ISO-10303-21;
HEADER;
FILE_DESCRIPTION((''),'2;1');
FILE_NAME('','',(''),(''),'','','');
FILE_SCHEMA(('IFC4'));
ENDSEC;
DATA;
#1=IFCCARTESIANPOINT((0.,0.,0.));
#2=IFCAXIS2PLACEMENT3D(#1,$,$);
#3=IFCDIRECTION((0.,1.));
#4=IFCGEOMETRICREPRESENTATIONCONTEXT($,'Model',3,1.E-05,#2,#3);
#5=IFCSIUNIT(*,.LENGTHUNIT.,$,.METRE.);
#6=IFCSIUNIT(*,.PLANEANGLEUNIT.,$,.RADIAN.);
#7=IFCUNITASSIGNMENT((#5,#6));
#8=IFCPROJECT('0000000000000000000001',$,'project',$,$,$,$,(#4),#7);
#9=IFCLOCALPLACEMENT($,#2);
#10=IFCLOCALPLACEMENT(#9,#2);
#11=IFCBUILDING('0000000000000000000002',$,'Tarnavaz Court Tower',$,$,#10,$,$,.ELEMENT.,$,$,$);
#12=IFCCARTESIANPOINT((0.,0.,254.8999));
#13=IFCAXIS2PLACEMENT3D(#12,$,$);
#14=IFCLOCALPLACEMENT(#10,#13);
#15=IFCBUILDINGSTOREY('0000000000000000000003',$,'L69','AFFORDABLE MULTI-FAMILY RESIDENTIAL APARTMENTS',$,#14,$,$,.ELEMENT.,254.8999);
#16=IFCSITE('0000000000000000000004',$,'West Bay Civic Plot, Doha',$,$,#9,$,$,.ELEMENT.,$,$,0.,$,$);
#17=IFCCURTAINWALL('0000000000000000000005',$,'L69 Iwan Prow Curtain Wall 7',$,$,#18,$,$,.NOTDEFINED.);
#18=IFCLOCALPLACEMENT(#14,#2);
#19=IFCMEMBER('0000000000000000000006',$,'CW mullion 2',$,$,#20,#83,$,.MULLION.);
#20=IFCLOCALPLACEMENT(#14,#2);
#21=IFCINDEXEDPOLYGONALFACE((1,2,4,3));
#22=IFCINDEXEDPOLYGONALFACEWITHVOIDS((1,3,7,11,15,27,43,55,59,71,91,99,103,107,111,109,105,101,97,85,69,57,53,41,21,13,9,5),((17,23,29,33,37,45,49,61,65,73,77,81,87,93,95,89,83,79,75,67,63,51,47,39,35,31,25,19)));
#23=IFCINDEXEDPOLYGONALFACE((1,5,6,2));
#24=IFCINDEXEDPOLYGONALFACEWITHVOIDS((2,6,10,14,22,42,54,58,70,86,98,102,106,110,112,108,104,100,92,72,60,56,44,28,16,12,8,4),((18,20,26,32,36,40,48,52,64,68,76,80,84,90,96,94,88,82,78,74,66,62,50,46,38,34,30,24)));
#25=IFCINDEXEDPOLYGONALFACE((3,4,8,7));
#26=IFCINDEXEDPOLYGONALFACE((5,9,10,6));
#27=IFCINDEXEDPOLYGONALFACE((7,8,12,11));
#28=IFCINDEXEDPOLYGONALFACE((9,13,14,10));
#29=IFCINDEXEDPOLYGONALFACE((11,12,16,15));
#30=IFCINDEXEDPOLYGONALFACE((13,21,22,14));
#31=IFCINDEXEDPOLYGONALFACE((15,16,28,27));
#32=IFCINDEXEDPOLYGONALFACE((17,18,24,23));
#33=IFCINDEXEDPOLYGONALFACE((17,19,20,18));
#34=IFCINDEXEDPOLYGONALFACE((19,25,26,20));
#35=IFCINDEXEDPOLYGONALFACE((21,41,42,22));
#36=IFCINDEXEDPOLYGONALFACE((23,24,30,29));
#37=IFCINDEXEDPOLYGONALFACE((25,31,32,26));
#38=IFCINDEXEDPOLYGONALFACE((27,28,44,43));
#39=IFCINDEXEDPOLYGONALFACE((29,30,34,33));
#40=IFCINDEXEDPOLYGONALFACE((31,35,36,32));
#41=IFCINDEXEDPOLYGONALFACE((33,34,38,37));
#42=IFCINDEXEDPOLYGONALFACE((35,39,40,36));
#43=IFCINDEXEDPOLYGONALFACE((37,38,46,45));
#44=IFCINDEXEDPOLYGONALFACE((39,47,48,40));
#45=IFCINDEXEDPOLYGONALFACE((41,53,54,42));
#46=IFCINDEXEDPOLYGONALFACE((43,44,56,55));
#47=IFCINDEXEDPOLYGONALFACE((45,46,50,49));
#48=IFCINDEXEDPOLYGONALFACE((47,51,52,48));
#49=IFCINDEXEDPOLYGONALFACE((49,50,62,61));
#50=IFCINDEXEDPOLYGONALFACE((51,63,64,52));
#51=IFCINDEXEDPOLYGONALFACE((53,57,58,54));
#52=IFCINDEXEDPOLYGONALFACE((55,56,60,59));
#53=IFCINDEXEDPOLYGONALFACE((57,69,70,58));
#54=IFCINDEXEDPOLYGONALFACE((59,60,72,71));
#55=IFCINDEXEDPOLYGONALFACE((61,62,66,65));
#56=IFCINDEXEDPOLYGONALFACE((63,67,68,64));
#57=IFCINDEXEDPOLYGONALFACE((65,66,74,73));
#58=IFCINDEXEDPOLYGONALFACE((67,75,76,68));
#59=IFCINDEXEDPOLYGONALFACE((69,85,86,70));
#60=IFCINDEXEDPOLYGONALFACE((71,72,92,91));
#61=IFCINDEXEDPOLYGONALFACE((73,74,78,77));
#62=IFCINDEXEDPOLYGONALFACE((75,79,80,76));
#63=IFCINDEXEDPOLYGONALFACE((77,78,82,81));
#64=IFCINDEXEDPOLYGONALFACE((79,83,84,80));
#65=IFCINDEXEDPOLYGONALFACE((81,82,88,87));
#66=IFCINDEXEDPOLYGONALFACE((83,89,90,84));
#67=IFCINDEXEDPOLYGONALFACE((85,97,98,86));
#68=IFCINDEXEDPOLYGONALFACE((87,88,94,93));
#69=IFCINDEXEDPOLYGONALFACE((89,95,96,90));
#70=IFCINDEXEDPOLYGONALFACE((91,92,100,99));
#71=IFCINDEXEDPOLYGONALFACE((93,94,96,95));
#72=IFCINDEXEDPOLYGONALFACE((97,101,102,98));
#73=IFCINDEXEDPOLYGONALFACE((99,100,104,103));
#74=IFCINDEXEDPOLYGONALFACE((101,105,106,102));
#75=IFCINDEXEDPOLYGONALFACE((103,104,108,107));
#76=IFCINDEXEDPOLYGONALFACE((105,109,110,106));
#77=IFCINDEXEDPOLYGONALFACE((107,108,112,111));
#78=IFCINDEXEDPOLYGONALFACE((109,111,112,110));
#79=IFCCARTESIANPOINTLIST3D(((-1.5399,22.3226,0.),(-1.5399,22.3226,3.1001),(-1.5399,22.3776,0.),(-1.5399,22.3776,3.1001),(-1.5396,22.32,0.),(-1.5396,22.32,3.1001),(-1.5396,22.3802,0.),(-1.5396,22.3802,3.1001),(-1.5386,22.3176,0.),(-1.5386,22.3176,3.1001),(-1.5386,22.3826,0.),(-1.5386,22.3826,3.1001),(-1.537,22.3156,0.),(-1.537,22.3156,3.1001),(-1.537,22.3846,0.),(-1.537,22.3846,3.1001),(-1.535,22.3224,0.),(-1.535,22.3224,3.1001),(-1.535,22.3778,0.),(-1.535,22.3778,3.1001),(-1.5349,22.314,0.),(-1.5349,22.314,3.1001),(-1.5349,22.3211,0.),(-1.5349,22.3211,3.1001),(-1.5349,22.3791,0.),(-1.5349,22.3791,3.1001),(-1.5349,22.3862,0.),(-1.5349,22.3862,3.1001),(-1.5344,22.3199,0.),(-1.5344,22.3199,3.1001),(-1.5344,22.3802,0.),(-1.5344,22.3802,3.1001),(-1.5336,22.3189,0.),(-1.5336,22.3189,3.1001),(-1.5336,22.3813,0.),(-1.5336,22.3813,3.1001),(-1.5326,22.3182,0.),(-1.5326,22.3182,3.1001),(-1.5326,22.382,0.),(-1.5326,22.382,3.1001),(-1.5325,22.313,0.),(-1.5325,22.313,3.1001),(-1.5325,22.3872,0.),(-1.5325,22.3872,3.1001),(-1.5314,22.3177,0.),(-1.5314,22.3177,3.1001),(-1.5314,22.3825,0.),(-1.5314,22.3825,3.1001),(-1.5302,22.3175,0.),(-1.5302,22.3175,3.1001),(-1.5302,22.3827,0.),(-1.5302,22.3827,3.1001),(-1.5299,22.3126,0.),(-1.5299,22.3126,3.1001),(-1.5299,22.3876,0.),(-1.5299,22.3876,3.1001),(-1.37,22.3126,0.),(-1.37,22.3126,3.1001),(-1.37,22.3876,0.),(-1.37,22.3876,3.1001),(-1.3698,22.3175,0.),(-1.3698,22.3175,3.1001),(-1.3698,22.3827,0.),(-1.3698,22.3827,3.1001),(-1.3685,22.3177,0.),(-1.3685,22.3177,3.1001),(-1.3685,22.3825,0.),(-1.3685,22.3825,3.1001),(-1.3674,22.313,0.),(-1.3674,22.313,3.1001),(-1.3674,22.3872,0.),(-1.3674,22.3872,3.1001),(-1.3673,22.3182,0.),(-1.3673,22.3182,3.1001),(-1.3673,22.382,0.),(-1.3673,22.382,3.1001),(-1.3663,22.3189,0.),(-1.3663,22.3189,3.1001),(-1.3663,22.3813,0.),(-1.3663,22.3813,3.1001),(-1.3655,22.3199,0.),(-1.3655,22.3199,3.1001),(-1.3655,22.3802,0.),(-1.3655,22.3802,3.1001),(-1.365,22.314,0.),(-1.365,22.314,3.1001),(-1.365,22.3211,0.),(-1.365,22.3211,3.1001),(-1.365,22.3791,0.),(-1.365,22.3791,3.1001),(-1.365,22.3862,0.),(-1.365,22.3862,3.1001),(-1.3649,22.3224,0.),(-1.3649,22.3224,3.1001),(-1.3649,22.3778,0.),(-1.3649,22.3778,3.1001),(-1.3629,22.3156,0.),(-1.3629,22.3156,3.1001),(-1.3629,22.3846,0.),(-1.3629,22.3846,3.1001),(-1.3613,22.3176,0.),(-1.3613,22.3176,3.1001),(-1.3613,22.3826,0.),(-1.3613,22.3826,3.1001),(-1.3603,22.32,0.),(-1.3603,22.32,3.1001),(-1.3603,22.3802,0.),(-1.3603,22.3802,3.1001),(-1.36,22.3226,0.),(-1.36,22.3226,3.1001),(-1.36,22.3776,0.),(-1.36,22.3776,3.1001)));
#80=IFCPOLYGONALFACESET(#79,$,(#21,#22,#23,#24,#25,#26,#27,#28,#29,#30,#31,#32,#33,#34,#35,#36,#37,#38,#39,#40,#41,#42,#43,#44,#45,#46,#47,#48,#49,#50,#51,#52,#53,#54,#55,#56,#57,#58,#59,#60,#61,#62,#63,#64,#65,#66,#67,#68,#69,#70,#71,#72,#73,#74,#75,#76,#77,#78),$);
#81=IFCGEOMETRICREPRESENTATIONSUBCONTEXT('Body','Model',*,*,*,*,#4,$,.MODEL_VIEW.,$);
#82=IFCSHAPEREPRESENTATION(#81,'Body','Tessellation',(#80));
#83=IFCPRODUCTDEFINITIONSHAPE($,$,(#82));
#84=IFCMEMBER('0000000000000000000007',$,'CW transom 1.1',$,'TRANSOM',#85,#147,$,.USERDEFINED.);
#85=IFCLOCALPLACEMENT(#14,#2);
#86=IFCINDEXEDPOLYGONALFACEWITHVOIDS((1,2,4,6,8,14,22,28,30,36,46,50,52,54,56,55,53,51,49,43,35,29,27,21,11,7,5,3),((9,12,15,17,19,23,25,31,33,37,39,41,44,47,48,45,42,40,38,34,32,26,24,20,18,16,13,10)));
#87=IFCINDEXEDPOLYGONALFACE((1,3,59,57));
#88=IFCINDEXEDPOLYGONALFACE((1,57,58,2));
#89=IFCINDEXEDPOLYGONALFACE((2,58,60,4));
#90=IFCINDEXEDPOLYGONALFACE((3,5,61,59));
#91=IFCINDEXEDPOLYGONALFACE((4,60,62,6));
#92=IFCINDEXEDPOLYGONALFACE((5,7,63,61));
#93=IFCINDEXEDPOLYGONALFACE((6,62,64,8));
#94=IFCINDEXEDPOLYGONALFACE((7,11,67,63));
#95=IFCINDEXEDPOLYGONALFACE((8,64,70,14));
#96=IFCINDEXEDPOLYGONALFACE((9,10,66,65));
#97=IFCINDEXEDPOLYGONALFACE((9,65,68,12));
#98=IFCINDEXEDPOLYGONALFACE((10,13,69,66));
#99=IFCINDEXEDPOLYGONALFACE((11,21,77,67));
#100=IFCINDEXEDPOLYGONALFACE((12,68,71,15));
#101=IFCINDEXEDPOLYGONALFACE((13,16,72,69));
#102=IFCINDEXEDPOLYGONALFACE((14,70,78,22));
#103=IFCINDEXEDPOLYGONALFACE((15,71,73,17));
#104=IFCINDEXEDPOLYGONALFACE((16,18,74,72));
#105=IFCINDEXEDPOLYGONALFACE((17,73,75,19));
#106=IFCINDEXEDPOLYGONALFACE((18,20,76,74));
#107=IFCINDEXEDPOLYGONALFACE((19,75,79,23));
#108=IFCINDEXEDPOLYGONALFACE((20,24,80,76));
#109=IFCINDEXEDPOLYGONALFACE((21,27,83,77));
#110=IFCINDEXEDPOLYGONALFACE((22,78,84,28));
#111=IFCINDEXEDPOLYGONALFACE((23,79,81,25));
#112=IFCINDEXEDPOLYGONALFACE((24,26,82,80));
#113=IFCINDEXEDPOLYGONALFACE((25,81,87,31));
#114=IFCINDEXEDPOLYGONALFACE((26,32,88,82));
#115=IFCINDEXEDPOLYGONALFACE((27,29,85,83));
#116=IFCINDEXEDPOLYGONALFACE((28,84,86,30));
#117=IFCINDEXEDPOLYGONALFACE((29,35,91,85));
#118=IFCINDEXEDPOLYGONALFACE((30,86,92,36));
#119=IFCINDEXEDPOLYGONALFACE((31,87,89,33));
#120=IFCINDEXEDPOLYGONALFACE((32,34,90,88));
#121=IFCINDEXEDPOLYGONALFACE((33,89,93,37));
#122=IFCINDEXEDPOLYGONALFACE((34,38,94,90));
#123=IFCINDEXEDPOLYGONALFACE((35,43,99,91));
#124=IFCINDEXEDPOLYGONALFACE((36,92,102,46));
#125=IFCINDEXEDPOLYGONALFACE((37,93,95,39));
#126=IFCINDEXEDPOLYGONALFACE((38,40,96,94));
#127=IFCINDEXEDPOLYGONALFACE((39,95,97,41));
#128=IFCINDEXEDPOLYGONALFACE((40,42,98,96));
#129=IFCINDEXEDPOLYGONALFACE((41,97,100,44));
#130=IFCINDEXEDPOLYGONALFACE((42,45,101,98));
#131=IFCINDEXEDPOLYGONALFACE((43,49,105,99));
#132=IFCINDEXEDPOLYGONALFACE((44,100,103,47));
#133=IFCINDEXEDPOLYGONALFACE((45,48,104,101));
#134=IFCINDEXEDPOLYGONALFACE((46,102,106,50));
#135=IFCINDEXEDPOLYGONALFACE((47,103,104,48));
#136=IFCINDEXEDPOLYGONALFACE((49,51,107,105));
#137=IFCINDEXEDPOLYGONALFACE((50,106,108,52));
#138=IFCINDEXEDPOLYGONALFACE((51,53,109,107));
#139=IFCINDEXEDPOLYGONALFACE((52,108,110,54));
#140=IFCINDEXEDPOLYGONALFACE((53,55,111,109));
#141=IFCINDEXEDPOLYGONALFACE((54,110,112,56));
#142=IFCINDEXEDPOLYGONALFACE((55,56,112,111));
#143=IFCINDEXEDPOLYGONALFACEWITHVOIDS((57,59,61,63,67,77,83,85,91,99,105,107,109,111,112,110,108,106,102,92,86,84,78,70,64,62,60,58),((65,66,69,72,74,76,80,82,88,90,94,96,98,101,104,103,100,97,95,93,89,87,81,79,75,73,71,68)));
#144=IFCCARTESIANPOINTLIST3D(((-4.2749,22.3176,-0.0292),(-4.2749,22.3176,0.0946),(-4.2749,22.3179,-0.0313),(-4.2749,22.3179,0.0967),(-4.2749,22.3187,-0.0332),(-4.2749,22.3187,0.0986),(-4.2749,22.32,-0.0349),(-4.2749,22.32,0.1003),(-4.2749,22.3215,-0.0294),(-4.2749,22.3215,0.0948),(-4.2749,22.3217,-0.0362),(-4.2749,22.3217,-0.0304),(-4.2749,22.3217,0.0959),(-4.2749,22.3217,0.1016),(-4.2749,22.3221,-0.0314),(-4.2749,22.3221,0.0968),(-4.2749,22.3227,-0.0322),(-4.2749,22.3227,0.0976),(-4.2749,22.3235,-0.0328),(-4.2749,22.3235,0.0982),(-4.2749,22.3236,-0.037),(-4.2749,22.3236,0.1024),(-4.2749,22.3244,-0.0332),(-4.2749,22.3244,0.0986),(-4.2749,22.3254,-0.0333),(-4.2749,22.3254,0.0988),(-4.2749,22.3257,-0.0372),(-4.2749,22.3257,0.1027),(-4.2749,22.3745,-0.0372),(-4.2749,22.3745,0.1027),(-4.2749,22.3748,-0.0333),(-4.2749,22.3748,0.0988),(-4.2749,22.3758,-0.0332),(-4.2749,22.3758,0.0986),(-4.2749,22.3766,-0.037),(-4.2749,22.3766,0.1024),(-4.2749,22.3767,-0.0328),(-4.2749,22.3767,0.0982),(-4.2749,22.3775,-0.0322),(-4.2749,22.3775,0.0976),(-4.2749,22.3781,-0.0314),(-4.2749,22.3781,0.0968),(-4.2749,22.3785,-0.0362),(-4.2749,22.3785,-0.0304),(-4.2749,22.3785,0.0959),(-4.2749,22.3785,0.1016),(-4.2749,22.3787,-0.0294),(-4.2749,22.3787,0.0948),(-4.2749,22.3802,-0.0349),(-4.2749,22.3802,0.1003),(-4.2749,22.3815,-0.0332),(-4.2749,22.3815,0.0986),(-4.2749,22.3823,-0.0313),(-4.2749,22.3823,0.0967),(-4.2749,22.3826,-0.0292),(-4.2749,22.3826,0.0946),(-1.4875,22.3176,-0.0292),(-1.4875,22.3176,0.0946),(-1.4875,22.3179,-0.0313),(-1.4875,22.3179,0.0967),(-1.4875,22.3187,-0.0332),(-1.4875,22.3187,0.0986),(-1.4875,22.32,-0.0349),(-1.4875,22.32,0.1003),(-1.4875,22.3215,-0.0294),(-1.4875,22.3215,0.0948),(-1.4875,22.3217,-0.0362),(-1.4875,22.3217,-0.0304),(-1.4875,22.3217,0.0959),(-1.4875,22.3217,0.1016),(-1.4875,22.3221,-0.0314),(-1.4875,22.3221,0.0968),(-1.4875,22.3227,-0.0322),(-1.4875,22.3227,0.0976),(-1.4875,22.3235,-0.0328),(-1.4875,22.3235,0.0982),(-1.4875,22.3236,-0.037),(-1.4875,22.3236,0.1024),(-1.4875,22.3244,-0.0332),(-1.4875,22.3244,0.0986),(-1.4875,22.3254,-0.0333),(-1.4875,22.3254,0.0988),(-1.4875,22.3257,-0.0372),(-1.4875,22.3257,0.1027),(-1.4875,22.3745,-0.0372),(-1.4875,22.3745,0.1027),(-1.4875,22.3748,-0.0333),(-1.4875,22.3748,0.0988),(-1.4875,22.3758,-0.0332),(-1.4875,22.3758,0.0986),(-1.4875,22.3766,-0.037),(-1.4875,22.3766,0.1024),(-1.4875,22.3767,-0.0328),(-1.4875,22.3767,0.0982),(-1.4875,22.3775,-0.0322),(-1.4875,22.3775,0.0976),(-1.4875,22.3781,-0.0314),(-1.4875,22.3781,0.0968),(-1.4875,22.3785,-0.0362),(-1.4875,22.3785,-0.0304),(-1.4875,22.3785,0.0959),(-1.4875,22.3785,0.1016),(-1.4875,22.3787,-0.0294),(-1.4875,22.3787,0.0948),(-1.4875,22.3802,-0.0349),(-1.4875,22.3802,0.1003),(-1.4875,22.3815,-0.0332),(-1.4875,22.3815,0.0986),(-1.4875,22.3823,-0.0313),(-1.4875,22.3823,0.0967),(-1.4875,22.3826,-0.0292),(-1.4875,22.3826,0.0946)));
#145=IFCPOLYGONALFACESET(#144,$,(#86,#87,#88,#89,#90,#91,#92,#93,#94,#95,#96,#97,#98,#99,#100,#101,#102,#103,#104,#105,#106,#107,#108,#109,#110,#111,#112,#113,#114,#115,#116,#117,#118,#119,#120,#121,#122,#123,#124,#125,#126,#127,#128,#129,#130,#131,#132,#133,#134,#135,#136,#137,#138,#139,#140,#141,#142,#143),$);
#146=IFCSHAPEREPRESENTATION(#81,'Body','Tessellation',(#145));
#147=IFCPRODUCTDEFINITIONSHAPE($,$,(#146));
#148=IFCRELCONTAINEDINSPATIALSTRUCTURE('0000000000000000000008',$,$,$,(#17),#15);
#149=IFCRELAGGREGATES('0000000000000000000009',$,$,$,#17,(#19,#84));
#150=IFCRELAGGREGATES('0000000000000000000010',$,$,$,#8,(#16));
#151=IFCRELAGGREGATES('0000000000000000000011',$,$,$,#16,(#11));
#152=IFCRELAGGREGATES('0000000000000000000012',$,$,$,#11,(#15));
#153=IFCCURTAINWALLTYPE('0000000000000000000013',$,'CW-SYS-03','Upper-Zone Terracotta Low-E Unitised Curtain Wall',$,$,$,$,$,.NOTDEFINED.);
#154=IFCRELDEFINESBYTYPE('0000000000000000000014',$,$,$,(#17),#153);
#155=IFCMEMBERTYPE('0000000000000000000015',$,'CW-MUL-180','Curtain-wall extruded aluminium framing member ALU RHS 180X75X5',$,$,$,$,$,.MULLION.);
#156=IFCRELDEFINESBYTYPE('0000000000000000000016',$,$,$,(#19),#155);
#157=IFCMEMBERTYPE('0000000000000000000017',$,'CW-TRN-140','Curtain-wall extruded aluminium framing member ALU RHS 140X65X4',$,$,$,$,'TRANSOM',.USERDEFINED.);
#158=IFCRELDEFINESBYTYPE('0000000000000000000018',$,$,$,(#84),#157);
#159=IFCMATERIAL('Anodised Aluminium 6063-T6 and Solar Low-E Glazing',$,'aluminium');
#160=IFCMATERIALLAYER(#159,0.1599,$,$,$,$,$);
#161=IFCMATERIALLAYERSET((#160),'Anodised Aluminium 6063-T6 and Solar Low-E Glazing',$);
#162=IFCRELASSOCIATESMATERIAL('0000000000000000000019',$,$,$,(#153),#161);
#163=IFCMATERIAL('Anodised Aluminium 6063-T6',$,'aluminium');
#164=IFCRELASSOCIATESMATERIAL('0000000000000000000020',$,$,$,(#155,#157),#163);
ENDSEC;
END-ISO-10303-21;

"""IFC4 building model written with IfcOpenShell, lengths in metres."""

from ifc_helpers import new_model, si_unit, direction, frame, origin, origin_2d, place, context, subcontext, project, spatial, hollow_rectangle, extrude, material, layer, layer_set, material_profile, profile_set, type_object, element, aggregate, save


model = new_model("IFC4")

# Units and contexts
model_context = context("Model", 3, precision=1e-05, world=origin(), true_north=direction((0.0, 1.0)))
body_context = subcontext(model_context, "Body", "Model", "MODEL_VIEW")
ifc_project = project(units=[si_unit("LENGTHUNIT", "METRE"), si_unit("PLANEANGLEUNIT", "RADIAN")], contexts=[model_context])

# Site, building, storey
site_placement = place(None, origin())
site = spatial("IfcSite", under=ifc_project, at=site_placement, Name="West Bay Civic Plot, Doha", CompositionType="ELEMENT", RefElevation=0.0)
building_placement = place(site_placement, origin())
building = spatial("IfcBuilding", under=site, at=building_placement, Name="Tarnavaz Court Tower", CompositionType="ELEMENT")
storey_placement = place(building_placement, frame((0.0, 0.0, 254.8999)))
storey = spatial("IfcBuildingStorey", under=building, at=storey_placement, Name="L69", Description="AFFORDABLE MULTI-FAMILY RESIDENTIAL APARTMENTS", CompositionType="ELEMENT", Elevation=254.8999)

# Curtain wall, members
ifc_material_1 = material(Name="Anodised Aluminium 6063-T6 and Solar Low-E Glazing", Category="aluminium")
ifc_layer_1 = layer(ifc_material_1, 0.1599)
ifc_layer_set_1 = layer_set([ifc_layer_1], Name="Anodised Aluminium 6063-T6 and Solar Low-E Glazing")
curtain_wall_type = type_object("IfcCurtainWallType", Name="CW-SYS-03", Description="Upper-Zone Terracotta Low-E Unitised Curtain Wall", PredefinedType="NOTDEFINED", material=ifc_layer_set_1)
curtain_wall_placement = place(storey_placement, origin())
curtain_wall = element("IfcCurtainWall", 1, at=curtain_wall_placement, inside=storey, type_object=curtain_wall_type, Name="L69 Iwan Prow Curtain Wall 7", PredefinedType="NOTDEFINED")
ifc_material_2 = material(Name="Anodised Aluminium 6063-T6", Category="aluminium")
ifc_material_profile_1 = material_profile(ifc_material_2, hollow_rectangle(XDim=0.075, YDim=0.1799, WallThickness=0.0049, InnerFilletRadius=0.0049, OuterFilletRadius=0.01, at=origin_2d()), Name="ALU RHS 180X75X5")
ifc_profile_set_1 = profile_set([ifc_material_profile_1], Name="Anodised Aluminium 6063-T6")
member_type_1 = type_object("IfcMemberType", Name="CW-MUL-180", Description="Curtain-wall extruded aluminium framing member ALU RHS 180X75X5", PredefinedType="MULLION", material=ifc_profile_set_1)
member_1_placement = place(storey_placement, frame((-1.45, 22.3501, 0.0), z_axis=(0.0, 0.0, 1.0), x_axis=(0.0, 1.0, 0.0)))
member_1 = element("IfcMember", 2, at=member_1_placement, type_object=member_type_1, Name="CW mullion 2", PredefinedType="MULLION", context=body_context, shape_type="SweptSolid", body=[
    extrude(hollow_rectangle(XDim=0.075, YDim=0.1799, WallThickness=0.0049, InnerFilletRadius=0.0049, OuterFilletRadius=0.01, at=origin_2d()), origin(), (0.0, 0.0, 1.0), 3.1001),
])
ifc_material_profile_2 = material_profile(ifc_material_2, hollow_rectangle(XDim=0.0649, YDim=0.1399, WallThickness=0.0039, InnerFilletRadius=0.0039, OuterFilletRadius=0.0081, at=origin_2d()), Name="ALU RHS 140X65X4")
ifc_profile_set_2 = profile_set([ifc_material_profile_2], Name="Anodised Aluminium 6063-T6")
member_type_2 = type_object("IfcMemberType", Name="CW-TRN-140", Description="Curtain-wall extruded aluminium framing member ALU RHS 140X65X4", ElementType="TRANSOM", PredefinedType="USERDEFINED", material=ifc_profile_set_2)
member_2_placement = place(storey_placement, frame((-4.2749, 22.3501, 0.0327), z_axis=(1.0, 0.0, 0.0), x_axis=(0.0, 1.0, 0.0)))
member_2 = element("IfcMember", 3, at=member_2_placement, type_object=member_type_2, Name="CW transom 1.1", ObjectType="TRANSOM", PredefinedType="USERDEFINED", context=body_context, shape_type="SweptSolid", body=[
    extrude(hollow_rectangle(XDim=0.0649, YDim=0.1399, WallThickness=0.0039, InnerFilletRadius=0.0039, OuterFilletRadius=0.0081, at=origin_2d()), origin(), (0.0, 0.0, 1.0), 2.7874),
])
aggregate(curtain_wall, [member_1, member_2])

save(model, "model.ifc")
